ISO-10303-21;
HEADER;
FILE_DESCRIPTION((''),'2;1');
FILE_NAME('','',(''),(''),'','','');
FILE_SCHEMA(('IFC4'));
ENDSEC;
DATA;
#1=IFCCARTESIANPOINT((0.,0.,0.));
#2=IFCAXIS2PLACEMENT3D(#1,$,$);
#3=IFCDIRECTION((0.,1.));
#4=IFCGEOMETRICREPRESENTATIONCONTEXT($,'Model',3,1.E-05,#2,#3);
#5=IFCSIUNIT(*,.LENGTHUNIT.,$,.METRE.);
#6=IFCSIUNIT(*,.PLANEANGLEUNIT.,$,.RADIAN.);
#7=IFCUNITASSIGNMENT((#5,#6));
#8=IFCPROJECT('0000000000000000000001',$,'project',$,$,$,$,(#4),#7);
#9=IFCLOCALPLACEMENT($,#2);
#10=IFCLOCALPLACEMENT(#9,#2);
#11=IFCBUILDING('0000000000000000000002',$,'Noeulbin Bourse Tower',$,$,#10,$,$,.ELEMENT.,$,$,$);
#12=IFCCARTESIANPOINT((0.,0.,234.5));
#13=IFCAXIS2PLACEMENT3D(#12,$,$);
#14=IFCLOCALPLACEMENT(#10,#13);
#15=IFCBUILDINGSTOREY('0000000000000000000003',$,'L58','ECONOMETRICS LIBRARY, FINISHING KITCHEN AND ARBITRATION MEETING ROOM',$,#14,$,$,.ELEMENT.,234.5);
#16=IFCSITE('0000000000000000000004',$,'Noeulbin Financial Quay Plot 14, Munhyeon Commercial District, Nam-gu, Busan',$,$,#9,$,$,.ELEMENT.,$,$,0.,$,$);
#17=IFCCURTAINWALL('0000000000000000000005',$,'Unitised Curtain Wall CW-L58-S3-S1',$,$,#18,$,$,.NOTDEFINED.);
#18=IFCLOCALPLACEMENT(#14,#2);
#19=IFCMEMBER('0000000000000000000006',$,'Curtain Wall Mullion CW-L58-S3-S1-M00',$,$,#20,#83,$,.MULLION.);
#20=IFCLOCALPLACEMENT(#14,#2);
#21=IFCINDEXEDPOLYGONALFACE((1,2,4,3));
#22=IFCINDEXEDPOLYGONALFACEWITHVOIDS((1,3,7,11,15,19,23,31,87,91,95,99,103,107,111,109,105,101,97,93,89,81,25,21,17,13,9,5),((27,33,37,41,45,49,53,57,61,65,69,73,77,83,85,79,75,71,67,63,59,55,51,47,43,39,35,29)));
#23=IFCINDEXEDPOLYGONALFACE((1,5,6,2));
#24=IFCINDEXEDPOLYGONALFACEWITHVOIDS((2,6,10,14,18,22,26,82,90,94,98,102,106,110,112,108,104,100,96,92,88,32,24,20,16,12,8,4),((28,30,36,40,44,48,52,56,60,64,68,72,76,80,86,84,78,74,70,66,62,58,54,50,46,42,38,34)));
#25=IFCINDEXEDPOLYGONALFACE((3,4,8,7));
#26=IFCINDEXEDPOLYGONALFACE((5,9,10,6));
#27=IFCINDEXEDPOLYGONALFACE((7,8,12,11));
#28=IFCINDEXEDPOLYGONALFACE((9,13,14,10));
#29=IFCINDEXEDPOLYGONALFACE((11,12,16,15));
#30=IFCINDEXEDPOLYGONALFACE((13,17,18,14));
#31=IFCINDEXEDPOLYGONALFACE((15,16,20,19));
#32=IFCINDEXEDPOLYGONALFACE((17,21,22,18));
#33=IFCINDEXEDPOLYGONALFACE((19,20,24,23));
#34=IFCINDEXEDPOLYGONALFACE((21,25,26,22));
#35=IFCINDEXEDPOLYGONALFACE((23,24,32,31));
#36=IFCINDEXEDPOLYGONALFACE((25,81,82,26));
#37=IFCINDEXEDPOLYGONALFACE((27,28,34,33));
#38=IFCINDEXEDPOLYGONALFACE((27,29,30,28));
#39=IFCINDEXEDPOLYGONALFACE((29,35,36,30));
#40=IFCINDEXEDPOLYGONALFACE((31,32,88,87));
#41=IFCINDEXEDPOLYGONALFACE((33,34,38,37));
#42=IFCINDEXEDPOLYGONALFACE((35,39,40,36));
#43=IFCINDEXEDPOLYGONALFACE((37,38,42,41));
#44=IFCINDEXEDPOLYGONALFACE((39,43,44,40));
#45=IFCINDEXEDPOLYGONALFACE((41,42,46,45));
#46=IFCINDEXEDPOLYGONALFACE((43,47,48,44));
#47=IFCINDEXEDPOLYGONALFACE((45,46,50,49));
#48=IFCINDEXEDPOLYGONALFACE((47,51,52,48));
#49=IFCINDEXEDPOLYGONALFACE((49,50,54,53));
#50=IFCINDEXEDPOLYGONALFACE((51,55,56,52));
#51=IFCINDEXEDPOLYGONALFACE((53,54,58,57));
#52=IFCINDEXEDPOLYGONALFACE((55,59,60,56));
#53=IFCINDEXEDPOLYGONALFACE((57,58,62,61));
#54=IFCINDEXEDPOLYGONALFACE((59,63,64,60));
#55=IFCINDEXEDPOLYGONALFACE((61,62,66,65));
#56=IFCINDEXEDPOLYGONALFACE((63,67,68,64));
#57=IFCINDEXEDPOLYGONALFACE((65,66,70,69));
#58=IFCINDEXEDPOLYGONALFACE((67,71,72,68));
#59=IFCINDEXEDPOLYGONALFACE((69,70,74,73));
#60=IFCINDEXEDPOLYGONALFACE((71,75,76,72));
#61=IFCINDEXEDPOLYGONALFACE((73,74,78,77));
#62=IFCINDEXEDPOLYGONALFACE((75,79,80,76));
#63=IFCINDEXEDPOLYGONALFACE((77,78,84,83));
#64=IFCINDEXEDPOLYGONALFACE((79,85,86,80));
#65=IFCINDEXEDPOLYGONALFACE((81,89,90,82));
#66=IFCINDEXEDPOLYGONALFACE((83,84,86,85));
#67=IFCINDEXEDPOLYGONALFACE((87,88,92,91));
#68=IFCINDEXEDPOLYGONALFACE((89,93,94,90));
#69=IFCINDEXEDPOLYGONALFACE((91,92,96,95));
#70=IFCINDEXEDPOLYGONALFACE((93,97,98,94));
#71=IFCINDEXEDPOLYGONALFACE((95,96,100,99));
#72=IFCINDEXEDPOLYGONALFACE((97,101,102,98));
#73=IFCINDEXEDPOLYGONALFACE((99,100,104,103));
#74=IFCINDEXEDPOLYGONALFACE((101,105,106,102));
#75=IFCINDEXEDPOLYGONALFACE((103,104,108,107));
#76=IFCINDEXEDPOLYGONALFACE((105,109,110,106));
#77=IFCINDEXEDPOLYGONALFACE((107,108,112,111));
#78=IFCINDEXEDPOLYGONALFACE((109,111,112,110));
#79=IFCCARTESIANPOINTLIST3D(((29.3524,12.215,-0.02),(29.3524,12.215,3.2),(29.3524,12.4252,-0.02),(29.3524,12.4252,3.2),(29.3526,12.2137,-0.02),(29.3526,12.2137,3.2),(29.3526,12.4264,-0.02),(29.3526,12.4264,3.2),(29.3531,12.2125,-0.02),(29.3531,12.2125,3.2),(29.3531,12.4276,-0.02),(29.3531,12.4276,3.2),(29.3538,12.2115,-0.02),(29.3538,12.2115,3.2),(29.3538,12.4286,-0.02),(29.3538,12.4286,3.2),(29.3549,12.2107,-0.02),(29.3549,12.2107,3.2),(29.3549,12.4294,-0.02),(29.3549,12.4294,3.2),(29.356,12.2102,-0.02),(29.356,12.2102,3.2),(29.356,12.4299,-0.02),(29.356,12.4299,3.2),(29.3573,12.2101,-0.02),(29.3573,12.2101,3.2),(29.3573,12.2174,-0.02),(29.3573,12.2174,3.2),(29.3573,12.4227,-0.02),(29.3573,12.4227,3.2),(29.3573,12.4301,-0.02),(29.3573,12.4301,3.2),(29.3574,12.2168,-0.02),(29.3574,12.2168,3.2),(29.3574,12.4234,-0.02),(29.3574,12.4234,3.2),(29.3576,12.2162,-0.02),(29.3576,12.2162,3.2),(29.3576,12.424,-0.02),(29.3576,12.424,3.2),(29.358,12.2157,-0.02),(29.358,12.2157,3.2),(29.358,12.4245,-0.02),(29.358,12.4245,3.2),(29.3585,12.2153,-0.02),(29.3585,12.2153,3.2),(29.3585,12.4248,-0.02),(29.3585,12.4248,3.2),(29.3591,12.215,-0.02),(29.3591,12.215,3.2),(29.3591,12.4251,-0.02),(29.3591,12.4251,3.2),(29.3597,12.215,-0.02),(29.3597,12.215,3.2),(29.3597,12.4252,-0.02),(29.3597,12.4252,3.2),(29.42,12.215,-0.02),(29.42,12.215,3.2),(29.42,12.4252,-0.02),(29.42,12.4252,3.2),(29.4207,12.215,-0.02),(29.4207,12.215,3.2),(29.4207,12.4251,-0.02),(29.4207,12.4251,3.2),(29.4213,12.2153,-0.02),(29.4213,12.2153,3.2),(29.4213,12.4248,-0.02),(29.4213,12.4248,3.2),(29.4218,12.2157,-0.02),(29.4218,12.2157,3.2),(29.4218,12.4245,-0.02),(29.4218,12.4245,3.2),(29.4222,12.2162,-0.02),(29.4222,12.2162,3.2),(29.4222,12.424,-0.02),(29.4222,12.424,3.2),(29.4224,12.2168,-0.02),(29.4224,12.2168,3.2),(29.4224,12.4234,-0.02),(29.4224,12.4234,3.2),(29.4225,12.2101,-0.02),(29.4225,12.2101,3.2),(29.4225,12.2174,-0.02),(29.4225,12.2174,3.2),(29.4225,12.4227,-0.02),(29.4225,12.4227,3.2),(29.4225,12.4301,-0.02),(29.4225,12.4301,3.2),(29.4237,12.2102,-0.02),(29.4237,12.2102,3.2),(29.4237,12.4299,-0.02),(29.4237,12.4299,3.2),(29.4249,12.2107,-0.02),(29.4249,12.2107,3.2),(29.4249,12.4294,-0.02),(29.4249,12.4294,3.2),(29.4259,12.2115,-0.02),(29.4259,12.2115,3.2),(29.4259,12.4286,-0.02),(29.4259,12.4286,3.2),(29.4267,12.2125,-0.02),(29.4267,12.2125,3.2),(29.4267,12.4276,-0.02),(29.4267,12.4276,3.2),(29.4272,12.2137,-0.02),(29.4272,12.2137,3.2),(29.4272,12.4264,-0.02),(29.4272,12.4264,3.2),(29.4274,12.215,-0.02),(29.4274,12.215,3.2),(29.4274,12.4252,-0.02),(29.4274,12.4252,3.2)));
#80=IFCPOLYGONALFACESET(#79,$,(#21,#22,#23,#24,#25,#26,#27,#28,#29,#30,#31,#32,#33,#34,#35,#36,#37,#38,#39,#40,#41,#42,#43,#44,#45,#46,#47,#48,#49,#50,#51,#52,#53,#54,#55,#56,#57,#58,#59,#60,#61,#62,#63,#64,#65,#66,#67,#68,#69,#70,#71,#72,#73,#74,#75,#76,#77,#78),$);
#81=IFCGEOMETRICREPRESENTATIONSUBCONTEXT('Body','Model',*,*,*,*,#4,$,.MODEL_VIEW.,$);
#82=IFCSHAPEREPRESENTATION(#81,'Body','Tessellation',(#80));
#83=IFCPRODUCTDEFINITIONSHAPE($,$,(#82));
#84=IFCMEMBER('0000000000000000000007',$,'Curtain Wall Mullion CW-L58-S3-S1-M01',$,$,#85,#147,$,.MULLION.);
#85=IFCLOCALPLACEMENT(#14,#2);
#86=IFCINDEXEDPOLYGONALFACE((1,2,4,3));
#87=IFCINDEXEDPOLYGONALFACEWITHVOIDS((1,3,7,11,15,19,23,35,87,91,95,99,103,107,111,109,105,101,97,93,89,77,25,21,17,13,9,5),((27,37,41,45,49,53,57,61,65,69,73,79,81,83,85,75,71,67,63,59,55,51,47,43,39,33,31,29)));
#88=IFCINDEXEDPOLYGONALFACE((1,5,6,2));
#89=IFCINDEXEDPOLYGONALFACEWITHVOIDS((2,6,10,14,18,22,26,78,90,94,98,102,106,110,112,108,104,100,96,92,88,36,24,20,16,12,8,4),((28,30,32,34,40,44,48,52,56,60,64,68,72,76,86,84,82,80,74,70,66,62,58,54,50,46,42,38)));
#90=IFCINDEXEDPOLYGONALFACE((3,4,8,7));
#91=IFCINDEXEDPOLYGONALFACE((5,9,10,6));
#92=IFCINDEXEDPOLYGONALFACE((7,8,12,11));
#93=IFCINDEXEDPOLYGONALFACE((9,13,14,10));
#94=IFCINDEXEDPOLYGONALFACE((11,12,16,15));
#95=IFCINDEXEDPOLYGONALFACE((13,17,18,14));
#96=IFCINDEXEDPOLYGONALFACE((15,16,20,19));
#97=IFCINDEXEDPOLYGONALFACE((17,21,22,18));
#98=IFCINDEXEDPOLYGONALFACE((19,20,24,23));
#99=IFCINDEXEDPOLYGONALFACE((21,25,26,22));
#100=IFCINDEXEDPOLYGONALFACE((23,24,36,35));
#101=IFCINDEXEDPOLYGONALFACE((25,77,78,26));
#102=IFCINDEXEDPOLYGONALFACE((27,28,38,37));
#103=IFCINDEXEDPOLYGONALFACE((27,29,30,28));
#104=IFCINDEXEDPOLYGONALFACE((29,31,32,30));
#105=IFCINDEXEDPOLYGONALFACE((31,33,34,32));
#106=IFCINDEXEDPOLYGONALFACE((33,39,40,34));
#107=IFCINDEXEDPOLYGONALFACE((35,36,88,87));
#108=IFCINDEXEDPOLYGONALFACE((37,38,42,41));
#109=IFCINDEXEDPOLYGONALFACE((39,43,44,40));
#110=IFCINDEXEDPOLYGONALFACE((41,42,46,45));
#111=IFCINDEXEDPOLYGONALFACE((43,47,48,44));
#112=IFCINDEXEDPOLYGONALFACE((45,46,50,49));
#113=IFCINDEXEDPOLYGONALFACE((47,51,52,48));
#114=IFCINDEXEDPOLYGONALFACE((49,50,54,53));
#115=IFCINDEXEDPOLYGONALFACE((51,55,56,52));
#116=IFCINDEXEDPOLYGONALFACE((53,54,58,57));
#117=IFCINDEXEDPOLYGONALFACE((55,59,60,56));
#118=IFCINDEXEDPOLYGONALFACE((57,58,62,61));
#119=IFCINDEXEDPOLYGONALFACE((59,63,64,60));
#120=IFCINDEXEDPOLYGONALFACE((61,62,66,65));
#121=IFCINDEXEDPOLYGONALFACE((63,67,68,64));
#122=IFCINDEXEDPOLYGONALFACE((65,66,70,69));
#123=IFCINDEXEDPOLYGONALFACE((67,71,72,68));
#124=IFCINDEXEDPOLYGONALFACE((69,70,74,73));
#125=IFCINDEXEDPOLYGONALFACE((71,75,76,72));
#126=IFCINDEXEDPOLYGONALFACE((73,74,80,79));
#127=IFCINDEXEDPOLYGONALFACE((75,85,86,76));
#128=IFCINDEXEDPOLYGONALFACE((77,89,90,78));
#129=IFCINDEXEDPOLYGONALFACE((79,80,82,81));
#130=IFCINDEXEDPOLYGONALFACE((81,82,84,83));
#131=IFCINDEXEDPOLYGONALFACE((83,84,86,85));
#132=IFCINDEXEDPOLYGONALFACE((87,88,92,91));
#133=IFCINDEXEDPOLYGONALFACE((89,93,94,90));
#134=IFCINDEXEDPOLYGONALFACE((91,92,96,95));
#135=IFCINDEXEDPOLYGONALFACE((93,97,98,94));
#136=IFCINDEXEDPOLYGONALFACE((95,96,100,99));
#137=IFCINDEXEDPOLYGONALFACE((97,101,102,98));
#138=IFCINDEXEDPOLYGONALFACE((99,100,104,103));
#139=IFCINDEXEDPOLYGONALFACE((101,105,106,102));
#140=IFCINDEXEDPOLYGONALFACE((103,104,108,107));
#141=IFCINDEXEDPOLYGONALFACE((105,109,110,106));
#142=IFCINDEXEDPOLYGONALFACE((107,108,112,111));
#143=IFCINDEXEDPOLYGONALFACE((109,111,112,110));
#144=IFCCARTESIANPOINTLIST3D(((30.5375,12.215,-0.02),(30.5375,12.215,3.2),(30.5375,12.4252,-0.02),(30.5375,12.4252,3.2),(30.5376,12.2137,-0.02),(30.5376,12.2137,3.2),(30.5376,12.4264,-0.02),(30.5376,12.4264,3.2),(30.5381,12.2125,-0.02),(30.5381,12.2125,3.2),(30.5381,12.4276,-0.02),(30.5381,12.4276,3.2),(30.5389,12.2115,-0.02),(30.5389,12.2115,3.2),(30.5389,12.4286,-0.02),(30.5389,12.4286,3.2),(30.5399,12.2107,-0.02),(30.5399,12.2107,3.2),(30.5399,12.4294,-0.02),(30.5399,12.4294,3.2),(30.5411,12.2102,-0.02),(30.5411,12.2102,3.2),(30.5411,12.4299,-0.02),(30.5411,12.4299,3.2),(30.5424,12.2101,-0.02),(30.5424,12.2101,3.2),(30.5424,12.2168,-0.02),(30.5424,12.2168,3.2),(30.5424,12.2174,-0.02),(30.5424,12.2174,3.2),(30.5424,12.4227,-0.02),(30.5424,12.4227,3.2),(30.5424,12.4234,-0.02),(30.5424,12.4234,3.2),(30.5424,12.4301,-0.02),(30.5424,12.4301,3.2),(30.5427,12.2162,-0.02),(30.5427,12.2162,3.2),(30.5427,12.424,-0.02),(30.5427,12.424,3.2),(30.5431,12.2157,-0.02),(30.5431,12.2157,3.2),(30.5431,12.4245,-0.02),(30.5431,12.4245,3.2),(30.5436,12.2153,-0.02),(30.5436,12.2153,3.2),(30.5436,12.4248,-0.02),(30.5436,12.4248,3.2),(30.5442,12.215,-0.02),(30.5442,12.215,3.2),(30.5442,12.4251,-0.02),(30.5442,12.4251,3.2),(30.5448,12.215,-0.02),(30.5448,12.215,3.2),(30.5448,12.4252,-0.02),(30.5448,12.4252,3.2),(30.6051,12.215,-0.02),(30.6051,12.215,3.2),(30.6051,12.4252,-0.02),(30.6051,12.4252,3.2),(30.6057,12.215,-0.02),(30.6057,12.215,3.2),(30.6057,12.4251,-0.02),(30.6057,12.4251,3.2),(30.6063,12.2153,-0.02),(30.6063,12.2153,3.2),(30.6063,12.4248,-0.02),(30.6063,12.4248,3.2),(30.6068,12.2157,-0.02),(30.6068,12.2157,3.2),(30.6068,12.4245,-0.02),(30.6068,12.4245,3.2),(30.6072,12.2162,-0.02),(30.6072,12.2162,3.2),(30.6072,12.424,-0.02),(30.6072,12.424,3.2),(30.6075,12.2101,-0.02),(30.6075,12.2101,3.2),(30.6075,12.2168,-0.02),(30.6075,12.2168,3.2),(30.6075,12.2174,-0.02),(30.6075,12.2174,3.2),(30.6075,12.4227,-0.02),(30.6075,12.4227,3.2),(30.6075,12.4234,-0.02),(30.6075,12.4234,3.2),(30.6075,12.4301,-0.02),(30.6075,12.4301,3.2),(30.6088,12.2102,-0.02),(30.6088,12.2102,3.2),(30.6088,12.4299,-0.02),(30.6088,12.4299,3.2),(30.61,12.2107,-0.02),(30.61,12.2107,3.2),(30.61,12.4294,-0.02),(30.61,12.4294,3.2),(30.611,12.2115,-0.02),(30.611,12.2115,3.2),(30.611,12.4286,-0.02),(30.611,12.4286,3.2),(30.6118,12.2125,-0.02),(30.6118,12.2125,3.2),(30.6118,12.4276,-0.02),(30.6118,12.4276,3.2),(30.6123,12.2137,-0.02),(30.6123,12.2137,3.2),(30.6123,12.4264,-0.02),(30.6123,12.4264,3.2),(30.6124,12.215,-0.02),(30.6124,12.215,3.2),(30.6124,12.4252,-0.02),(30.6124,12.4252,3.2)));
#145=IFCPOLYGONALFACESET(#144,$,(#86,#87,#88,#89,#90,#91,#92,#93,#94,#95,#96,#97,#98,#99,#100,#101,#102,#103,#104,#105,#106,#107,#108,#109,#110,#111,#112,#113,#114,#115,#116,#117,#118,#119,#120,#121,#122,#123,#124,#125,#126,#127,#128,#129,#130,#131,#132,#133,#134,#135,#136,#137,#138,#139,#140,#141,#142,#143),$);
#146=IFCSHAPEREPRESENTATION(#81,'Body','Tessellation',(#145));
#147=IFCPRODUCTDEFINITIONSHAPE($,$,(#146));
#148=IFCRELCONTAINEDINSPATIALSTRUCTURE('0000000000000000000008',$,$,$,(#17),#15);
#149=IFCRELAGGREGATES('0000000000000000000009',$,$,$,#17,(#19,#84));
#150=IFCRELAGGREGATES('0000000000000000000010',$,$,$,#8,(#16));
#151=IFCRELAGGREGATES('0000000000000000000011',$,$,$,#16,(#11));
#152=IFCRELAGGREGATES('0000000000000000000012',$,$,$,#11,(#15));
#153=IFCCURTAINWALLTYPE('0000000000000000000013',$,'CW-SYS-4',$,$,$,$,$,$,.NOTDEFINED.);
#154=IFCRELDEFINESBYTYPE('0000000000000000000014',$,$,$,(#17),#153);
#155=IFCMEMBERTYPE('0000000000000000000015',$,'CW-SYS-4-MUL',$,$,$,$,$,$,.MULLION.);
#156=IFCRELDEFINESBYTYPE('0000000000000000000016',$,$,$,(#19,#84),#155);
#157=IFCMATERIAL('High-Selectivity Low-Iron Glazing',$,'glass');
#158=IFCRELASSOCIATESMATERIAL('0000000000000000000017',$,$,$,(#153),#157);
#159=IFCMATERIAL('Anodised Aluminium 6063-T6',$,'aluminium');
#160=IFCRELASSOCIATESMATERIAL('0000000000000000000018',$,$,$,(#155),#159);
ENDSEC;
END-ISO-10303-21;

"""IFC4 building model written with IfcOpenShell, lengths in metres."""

from ifc_helpers import new_model, si_unit, direction, frame, origin, origin_2d, place, context, subcontext, project, spatial, hollow_rectangle, extrude, material, material_profile, profile_set, type_object, element, aggregate, save


model = new_model("IFC4")

# Units and contexts
model_context = context("Model", 3, precision=1e-05, world=origin(), true_north=direction((0.0, 1.0)))
body_context = subcontext(model_context, "Body", "Model", "MODEL_VIEW")
ifc_project = project(units=[si_unit("LENGTHUNIT", "METRE"), si_unit("PLANEANGLEUNIT", "RADIAN")], contexts=[model_context])

# Site, building, storey
site_placement = place(None, origin())
site = spatial("IfcSite", under=ifc_project, at=site_placement, Name="Noeulbin Financial Quay Plot 14, Munhyeon Commercial District, Nam-gu, Busan", CompositionType="ELEMENT", RefElevation=0.0)
building_placement = place(site_placement, origin())
building = spatial("IfcBuilding", under=site, at=building_placement, Name="Noeulbin Bourse Tower", CompositionType="ELEMENT")
storey_placement = place(building_placement, frame((0.0, 0.0, 234.5)))
storey = spatial("IfcBuildingStorey", under=building, at=storey_placement, Name="L58", Description="ECONOMETRICS LIBRARY, FINISHING KITCHEN AND ARBITRATION MEETING ROOM", CompositionType="ELEMENT", Elevation=234.5)

# Curtain wall, members
ifc_material_1 = material(Name="High-Selectivity Low-Iron Glazing", Category="glass")
curtain_wall_type = type_object("IfcCurtainWallType", Name="CW-SYS-4", PredefinedType="NOTDEFINED", material=ifc_material_1)
ifc_material_2 = material(Name="Anodised Aluminium 6063-T6", Category="aluminium")
ifc_material_profile_1 = material_profile(ifc_material_2, hollow_rectangle(XDim=0.075, YDim=0.22, WallThickness=0.0049, InnerFilletRadius=0.0024, OuterFilletRadius=0.0049, at=origin_2d()), Name="ALU-MULL-75x220x5", Category="LoadBearing")
ifc_profile_set_1 = profile_set([ifc_material_profile_1], Name="Anodised Aluminium 6063-T6")
member_type_1 = type_object("IfcMemberType", Name="CW-SYS-4-MUL", PredefinedType="MULLION", material=ifc_profile_set_1)
curtain_wall_1_placement = place(storey_placement, origin())
curtain_wall_1 = element("IfcCurtainWall", 1, at=curtain_wall_1_placement, inside=storey, type_object=curtain_wall_type, Name="Unitised Curtain Wall CW-L58-S3-S1", PredefinedType="NOTDEFINED")
member_1_placement = place(storey_placement, frame((29.3899, 12.3201, -0.02), z_axis=(0.0, 0.0, 1.0), x_axis=(1.0, 0.0, 0.0)))
member_1 = element("IfcMember", 2, at=member_1_placement, type_object=member_type_1, Name="Curtain Wall Mullion CW-L58-S3-S1-M00", PredefinedType="MULLION", context=body_context, shape_type="SweptSolid", body=[
    extrude(hollow_rectangle(XDim=0.075, YDim=0.22, WallThickness=0.0049, InnerFilletRadius=0.0024, OuterFilletRadius=0.0049, at=origin_2d()), origin(), (0.0, 0.0, 1.0), 3.22),
])
member_2_placement = place(storey_placement, frame((30.575, 12.3201, -0.02), z_axis=(0.0, 0.0, 1.0), x_axis=(1.0, 0.0, 0.0)))
member_2 = element("IfcMember", 3, at=member_2_placement, type_object=member_type_1, Name="Curtain Wall Mullion CW-L58-S3-S1-M01", PredefinedType="MULLION", context=body_context, shape_type="SweptSolid", body=[
    extrude(hollow_rectangle(XDim=0.075, YDim=0.22, WallThickness=0.0049, InnerFilletRadius=0.0024, OuterFilletRadius=0.0049, at=origin_2d()), origin(), (0.0, 0.0, 1.0), 3.22),
])

aggregate(curtain_wall_1, [member_1, member_2])

save(model, "model.ifc")
